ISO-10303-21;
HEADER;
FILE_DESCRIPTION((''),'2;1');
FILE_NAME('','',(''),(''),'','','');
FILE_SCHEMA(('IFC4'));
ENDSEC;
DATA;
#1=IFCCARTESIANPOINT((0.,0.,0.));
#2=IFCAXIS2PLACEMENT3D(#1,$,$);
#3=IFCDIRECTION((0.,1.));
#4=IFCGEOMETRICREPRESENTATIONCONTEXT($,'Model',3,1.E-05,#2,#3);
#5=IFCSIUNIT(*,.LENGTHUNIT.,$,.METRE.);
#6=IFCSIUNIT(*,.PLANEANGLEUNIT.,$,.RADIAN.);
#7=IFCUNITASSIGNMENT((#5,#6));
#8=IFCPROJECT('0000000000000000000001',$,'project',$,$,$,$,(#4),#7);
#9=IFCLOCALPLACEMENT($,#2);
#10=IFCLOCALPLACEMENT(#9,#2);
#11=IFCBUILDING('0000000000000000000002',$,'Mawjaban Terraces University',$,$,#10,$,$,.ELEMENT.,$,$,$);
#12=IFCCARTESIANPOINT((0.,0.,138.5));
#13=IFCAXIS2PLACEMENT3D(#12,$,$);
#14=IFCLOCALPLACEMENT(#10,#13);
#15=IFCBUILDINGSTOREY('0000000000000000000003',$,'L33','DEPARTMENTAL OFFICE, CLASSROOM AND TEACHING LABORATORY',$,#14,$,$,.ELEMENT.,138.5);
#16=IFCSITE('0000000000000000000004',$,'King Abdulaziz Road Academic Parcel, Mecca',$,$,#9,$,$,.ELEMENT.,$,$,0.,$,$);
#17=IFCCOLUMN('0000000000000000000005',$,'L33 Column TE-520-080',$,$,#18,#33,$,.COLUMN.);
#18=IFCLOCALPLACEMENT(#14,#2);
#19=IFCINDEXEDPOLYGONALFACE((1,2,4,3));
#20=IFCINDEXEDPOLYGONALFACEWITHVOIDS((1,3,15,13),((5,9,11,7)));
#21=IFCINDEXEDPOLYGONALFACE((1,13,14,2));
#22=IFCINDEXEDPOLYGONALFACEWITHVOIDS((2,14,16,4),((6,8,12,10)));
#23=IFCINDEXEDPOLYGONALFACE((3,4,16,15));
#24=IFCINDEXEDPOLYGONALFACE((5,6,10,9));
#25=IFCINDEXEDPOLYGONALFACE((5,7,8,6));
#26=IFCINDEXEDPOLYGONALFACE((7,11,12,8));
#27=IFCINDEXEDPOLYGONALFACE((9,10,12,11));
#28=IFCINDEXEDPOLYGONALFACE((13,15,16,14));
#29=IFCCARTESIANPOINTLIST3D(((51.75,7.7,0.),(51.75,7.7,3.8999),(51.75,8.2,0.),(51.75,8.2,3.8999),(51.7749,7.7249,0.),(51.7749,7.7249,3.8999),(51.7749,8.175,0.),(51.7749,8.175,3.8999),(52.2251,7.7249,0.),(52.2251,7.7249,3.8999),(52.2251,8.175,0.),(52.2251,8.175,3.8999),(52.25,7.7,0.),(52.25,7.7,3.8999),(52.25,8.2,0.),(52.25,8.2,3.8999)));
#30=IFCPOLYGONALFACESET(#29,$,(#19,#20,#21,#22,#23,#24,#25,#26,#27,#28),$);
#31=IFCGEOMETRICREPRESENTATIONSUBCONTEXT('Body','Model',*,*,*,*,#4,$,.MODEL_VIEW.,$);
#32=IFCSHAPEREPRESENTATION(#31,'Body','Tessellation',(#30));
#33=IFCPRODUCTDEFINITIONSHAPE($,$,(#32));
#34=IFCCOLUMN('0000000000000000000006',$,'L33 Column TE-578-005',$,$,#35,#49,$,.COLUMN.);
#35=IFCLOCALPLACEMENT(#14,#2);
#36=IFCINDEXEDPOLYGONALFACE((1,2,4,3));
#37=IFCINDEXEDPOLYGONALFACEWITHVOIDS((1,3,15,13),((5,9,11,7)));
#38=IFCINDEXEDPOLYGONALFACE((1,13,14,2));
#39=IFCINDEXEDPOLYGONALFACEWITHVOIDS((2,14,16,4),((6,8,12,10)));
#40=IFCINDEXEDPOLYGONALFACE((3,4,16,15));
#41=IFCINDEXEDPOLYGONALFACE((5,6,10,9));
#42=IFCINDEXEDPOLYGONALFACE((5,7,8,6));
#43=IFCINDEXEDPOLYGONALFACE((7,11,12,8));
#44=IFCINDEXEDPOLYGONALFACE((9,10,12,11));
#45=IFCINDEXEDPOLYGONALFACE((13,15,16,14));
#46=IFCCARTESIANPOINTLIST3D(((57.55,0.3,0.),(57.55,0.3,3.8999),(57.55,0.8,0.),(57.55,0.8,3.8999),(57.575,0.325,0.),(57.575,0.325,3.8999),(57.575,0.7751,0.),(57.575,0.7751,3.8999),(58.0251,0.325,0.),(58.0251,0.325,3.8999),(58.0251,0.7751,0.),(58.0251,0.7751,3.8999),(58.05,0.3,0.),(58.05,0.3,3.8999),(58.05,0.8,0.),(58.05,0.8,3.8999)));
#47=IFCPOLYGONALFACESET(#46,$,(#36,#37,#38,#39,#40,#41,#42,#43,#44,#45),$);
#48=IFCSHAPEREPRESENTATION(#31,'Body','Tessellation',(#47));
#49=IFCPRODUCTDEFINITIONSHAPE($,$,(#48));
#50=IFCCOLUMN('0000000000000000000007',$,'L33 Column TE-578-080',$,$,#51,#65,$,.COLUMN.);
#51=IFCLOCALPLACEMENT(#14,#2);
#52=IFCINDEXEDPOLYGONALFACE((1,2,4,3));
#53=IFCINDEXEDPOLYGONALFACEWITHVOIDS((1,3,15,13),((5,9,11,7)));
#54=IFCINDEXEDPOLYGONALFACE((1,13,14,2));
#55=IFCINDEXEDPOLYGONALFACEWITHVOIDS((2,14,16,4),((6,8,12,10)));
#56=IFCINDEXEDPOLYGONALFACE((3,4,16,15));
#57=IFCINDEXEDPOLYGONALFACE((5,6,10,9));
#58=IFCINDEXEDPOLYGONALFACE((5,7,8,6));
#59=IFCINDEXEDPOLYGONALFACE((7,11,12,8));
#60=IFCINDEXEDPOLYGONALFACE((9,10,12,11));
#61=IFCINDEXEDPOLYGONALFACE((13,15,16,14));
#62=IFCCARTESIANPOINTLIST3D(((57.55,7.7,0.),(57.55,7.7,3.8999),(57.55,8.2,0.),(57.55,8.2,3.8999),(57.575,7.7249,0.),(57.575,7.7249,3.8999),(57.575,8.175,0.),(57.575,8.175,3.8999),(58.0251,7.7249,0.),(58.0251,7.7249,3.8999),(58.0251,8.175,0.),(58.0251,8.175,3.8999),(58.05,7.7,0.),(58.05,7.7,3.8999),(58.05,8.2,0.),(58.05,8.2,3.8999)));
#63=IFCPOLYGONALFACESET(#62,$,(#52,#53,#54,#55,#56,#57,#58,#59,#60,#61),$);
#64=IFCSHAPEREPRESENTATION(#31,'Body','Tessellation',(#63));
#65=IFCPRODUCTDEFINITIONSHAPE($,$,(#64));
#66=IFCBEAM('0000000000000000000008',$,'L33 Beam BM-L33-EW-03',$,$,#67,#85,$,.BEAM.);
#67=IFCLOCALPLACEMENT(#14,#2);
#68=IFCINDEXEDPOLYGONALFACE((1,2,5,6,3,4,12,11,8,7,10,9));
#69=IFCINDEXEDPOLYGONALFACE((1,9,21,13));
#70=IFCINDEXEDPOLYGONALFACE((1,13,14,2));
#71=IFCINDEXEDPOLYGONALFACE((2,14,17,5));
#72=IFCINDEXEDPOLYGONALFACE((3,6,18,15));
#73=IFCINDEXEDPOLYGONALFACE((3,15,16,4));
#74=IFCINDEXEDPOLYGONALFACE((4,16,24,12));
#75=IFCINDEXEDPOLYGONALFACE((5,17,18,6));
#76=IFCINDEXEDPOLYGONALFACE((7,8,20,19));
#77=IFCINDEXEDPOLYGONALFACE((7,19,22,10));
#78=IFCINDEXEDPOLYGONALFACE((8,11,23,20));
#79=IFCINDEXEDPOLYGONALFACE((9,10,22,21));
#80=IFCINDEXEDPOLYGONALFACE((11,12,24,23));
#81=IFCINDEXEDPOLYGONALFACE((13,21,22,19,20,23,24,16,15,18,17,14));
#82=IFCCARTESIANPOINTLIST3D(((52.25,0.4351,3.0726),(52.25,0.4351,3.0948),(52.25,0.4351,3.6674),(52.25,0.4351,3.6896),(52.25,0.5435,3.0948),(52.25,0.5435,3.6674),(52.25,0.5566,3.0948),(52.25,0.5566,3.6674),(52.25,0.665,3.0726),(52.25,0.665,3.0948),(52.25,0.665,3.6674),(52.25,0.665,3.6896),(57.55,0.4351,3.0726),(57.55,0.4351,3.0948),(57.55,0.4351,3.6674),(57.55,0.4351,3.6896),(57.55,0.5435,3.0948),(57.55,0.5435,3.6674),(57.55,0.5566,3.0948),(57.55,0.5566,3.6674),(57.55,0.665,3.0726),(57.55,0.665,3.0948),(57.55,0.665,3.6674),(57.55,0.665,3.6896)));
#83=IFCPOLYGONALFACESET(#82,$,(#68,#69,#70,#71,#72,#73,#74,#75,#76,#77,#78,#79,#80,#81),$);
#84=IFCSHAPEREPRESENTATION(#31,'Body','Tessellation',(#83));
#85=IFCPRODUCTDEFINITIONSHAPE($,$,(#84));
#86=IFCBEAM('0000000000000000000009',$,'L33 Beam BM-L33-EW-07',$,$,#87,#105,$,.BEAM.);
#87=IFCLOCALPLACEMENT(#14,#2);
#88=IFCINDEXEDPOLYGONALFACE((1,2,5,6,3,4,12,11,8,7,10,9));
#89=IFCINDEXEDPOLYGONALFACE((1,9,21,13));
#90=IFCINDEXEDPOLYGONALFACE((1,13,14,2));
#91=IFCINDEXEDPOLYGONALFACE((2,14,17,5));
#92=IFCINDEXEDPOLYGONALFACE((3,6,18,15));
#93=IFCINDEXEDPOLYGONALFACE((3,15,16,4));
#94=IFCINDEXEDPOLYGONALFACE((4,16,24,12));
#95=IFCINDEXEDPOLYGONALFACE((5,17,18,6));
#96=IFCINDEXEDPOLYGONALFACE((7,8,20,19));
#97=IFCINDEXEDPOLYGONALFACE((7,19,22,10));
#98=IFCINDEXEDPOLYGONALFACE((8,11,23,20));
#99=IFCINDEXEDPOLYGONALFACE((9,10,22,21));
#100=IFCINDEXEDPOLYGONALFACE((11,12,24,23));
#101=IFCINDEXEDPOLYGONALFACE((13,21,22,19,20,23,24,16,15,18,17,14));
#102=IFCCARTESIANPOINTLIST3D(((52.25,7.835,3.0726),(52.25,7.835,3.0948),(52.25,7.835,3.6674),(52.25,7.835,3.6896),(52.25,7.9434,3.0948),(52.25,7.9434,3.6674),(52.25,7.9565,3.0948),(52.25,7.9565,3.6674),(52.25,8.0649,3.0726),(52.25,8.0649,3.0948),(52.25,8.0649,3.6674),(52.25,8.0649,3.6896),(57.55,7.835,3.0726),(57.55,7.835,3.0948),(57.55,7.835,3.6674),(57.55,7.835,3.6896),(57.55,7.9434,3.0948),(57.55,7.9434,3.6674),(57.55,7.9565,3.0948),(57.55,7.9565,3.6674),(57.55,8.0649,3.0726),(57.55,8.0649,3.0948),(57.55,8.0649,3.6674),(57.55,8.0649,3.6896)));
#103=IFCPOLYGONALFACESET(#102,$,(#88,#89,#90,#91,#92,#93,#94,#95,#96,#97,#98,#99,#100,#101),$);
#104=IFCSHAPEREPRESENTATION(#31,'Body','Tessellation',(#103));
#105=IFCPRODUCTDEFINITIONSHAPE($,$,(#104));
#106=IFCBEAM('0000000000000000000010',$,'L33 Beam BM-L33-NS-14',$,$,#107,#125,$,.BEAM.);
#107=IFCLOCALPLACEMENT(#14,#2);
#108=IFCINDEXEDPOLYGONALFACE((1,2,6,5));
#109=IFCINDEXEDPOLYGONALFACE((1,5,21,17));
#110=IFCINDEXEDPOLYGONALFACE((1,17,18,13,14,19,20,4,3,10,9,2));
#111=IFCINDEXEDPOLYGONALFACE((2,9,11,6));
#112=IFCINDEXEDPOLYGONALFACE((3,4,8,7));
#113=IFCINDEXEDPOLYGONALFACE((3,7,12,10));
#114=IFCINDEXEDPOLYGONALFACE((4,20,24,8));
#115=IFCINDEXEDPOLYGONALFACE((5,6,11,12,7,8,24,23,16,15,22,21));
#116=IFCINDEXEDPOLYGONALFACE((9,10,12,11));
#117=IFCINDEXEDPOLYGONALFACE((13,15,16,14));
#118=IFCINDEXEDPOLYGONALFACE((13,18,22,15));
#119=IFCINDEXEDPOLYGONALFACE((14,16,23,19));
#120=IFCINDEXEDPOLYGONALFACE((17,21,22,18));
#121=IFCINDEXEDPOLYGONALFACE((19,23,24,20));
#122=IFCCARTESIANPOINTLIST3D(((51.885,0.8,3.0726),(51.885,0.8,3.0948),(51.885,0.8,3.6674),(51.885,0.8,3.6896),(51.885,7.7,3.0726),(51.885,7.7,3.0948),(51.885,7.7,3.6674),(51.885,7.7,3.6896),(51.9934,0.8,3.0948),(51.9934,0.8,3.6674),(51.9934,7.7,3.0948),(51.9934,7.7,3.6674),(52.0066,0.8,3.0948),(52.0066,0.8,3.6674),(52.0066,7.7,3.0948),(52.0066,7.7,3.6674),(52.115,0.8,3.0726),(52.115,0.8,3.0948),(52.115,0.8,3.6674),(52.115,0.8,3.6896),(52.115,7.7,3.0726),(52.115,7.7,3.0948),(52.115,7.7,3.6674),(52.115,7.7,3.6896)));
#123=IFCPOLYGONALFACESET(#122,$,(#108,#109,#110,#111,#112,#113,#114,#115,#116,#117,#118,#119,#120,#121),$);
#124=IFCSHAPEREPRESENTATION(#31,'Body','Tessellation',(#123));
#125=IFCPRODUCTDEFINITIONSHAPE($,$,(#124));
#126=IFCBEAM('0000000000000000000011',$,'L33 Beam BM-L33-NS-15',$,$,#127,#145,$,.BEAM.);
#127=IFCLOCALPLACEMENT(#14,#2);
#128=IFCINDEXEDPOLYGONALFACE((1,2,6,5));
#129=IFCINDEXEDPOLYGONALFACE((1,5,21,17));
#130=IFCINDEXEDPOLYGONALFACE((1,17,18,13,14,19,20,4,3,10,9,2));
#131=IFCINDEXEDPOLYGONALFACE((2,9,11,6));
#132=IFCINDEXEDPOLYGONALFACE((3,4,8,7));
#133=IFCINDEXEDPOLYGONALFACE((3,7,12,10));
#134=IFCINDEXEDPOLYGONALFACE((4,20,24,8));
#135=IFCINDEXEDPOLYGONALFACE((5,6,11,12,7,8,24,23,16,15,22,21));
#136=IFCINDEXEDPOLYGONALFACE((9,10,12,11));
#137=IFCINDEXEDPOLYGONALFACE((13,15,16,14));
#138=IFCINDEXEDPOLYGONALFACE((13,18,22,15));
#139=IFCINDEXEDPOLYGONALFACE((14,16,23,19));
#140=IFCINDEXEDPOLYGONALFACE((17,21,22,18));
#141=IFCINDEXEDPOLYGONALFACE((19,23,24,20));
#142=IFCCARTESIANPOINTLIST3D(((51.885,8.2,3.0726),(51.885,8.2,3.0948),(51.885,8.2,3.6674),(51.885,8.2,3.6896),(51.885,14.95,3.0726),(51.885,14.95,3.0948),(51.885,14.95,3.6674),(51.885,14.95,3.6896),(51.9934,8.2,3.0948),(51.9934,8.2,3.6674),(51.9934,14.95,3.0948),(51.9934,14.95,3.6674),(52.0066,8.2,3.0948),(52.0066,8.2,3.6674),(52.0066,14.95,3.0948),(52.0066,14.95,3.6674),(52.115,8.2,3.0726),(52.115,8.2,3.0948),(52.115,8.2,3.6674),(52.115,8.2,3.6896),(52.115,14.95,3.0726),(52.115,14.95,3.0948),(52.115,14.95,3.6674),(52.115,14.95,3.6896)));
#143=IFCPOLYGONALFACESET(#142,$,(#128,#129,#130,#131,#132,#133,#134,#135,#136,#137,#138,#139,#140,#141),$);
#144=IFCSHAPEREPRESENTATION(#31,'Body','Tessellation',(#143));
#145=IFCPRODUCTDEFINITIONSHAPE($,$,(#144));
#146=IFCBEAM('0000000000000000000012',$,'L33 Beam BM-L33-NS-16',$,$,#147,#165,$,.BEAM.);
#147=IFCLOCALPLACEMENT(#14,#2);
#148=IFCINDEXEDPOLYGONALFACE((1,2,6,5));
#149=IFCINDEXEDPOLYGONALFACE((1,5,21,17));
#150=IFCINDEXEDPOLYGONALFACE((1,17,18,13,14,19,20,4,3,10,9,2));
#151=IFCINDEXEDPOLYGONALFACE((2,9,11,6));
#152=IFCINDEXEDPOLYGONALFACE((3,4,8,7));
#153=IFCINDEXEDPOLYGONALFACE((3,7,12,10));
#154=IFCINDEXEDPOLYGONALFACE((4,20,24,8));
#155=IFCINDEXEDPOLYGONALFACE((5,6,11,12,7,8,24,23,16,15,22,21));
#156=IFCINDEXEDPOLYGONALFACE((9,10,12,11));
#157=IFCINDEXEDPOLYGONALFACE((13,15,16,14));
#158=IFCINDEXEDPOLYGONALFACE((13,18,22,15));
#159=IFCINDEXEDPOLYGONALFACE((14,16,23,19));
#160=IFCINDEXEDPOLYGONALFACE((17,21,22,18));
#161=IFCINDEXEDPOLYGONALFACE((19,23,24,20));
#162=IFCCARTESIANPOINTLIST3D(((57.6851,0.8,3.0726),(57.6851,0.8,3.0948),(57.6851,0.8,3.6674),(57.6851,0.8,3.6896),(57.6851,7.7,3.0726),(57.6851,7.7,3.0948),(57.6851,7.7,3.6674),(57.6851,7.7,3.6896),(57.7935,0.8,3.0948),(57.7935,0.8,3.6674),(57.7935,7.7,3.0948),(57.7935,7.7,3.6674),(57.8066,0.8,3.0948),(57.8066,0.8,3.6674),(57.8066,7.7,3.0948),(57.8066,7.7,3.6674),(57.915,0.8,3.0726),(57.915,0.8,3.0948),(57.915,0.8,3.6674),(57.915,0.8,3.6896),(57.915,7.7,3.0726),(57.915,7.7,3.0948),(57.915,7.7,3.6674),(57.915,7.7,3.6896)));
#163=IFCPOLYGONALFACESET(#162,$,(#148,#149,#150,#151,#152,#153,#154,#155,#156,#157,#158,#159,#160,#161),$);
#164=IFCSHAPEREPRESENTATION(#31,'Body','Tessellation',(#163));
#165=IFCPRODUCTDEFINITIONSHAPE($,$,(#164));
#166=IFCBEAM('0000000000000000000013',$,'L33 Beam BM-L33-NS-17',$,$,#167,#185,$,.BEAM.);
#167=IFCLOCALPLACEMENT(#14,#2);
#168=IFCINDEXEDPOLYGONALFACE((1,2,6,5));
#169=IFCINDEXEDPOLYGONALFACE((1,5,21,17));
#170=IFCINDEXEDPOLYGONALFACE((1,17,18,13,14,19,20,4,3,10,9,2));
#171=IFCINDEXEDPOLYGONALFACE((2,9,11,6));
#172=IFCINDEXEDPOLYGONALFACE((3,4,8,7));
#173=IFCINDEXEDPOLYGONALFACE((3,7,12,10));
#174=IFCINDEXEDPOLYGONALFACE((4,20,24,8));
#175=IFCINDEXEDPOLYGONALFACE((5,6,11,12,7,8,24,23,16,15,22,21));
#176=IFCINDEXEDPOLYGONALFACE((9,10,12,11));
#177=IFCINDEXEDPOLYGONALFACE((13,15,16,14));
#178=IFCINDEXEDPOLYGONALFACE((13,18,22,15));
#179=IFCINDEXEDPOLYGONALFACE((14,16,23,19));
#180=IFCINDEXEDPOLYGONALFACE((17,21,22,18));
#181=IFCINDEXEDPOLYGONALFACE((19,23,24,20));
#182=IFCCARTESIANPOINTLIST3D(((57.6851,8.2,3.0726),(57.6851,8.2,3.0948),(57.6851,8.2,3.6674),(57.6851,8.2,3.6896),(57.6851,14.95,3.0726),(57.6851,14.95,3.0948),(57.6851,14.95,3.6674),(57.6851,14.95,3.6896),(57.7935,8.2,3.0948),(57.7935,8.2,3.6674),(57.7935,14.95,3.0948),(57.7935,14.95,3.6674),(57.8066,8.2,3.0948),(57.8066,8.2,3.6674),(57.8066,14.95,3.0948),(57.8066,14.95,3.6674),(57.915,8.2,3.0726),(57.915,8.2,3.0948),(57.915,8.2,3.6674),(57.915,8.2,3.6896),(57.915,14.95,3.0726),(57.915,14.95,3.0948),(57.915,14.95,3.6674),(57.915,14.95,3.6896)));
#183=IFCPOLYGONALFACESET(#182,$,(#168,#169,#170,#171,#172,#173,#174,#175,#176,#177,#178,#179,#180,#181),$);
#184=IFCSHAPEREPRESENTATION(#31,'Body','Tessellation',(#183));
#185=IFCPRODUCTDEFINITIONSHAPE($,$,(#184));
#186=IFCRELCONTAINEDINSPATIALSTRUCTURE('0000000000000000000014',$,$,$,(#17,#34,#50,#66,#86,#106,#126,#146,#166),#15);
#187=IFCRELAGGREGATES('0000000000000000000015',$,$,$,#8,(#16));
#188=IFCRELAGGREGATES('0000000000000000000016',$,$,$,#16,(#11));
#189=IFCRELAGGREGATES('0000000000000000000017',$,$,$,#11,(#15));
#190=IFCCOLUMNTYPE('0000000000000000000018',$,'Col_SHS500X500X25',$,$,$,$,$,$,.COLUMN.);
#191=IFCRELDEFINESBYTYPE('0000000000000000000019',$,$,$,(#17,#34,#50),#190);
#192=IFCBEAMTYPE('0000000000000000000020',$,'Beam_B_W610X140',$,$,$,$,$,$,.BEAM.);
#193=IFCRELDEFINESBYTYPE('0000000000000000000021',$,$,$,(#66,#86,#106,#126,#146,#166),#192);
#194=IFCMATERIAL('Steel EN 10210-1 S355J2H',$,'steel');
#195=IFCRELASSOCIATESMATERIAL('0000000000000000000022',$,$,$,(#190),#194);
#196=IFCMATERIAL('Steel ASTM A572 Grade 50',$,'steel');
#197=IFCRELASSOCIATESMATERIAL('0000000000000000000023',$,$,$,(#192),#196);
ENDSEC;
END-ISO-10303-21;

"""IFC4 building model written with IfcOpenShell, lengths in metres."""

from ifc_helpers import new_model, si_unit, direction, frame, origin, origin_2d, place, context, subcontext, project, spatial, hollow_rectangle, i_section, extrude, material, material_profile, profile_set, type_object, element, save


model = new_model("IFC4")

# Units and contexts
model_context = context("Model", 3, precision=1e-05, world=origin(), true_north=direction((0.0, 1.0)))
body_context = subcontext(model_context, "Body", "Model", "MODEL_VIEW")
ifc_project = project(units=[si_unit("LENGTHUNIT", "METRE"), si_unit("PLANEANGLEUNIT", "RADIAN")], contexts=[model_context])

# Site, building, storey
site_placement = place(None, origin())
site = spatial("IfcSite", under=ifc_project, at=site_placement, Name="King Abdulaziz Road Academic Parcel, Mecca", CompositionType="ELEMENT", RefElevation=0.0)
building_placement = place(site_placement, origin())
building = spatial("IfcBuilding", under=site, at=building_placement, Name="Mawjaban Terraces University", CompositionType="ELEMENT")
storey_placement = place(building_placement, frame((0.0, 0.0, 138.5)))
storey = spatial("IfcBuildingStorey", under=building, at=storey_placement, Name="L33", Description="DEPARTMENTAL OFFICE, CLASSROOM AND TEACHING LABORATORY", CompositionType="ELEMENT", Elevation=138.5)

# Columns
ifc_material_1 = material(Name="Steel EN 10210-1 S355J2H", Category="steel")
ifc_material_profile_1 = material_profile(ifc_material_1, hollow_rectangle(XDim=0.5, YDim=0.5, WallThickness=0.0249, at=origin_2d()), Name="SHS500X500X25")
ifc_profile_set_1 = profile_set([ifc_material_profile_1], Name="Steel EN 10210-1 S355J2H")
column_type = type_object("IfcColumnType", Name="Col_SHS500X500X25", PredefinedType="COLUMN", material=ifc_profile_set_1)
for number, where, z_axis, x_axis, name in (
    (1, (52.0, 7.95, 0.0), (0.0, 0.0, 1.0), (1.0, 0.0, 0.0), "L33 Column TE-520-080"),
    (2, (57.8, 0.55, 0.0), (0.0, 0.0, 1.0), (1.0, 0.0, 0.0), "L33 Column TE-578-005"),
    (3, (57.8, 7.95, 0.0), (0.0, 0.0, 1.0), (1.0, 0.0, 0.0), "L33 Column TE-578-080"),
):
    element("IfcColumn", number, at=place(storey_placement, frame(where, z_axis=z_axis, x_axis=x_axis)), inside=storey, type_object=column_type, Name=name, PredefinedType="COLUMN", context=body_context, shape_type="SweptSolid", body=[
        extrude(hollow_rectangle(XDim=0.5, YDim=0.5, WallThickness=0.0249, at=origin_2d()), origin(), (0.0, 0.0, 1.0), 3.8999),
    ])

# Beams
ifc_material_2 = material(Name="Steel ASTM A572 Grade 50", Category="steel")
ifc_material_profile_2 = material_profile(ifc_material_2, i_section(OverallWidth=0.23, OverallDepth=0.6169, WebThickness=0.0132, FlangeThickness=0.0222, at=origin_2d()), Name="W610X140")
ifc_profile_set_2 = profile_set([ifc_material_profile_2], Name="Steel ASTM A572 Grade 50")
beam_type_1 = type_object("IfcBeamType", Name="Beam_B_W610X140", PredefinedType="BEAM", material=ifc_profile_set_2)
for number, where, z_axis, x_axis, name in (
    (4, (52.25, 0.55, 3.3811), (1.0, 0.0, 0.0), (0.0, 1.0, 0.0), "L33 Beam BM-L33-EW-03"),
    (5, (52.25, 7.95, 3.3811), (1.0, 0.0, 0.0), (0.0, 1.0, 0.0), "L33 Beam BM-L33-EW-07"),
):
    element("IfcBeam", number, at=place(storey_placement, frame(where, z_axis=z_axis, x_axis=x_axis)), inside=storey, type_object=beam_type_1, Name=name, PredefinedType="BEAM", context=body_context, shape_type="SweptSolid", body=[
        extrude(i_section(OverallWidth=0.23, OverallDepth=0.6169, WebThickness=0.0132, FlangeThickness=0.0222, at=origin_2d()), origin(), (0.0, 0.0, 1.0), 5.3),
    ])
beam_1_placement = place(storey_placement, frame((52.0, 0.8, 3.3811), z_axis=(0.0, 1.0, 0.0), x_axis=(-1.0, 0.0, 0.0)))
element("IfcBeam", 6, at=beam_1_placement, inside=storey, type_object=beam_type_1, Name="L33 Beam BM-L33-NS-14", PredefinedType="BEAM", context=body_context, shape_type="SweptSolid", body=[
    extrude(i_section(OverallWidth=0.23, OverallDepth=0.6169, WebThickness=0.0132, FlangeThickness=0.0222, at=origin_2d()), origin(), (0.0, 0.0, 1.0), 6.8999),
])
beam_2_placement = place(storey_placement, frame((52.0, 8.2, 3.3811), z_axis=(0.0, 1.0, 0.0), x_axis=(-1.0, 0.0, 0.0)))
element("IfcBeam", 7, at=beam_2_placement, inside=storey, type_object=beam_type_1, Name="L33 Beam BM-L33-NS-15", PredefinedType="BEAM", context=body_context, shape_type="SweptSolid", body=[
    extrude(i_section(OverallWidth=0.23, OverallDepth=0.6169, WebThickness=0.0132, FlangeThickness=0.0222, at=origin_2d()), origin(), (0.0, 0.0, 1.0), 6.75),
])
beam_3_placement = place(storey_placement, frame((57.8, 0.8, 3.3811), z_axis=(0.0, 1.0, 0.0), x_axis=(-1.0, 0.0, 0.0)))
element("IfcBeam", 8, at=beam_3_placement, inside=storey, type_object=beam_type_1, Name="L33 Beam BM-L33-NS-16", PredefinedType="BEAM", context=body_context, shape_type="SweptSolid", body=[
    extrude(i_section(OverallWidth=0.23, OverallDepth=0.6169, WebThickness=0.0132, FlangeThickness=0.0222, at=origin_2d()), origin(), (0.0, 0.0, 1.0), 6.8999),
])
beam_4_placement = place(storey_placement, frame((57.8, 8.2, 3.3811), z_axis=(0.0, 1.0, 0.0), x_axis=(-1.0, 0.0, 0.0)))
element("IfcBeam", 9, at=beam_4_placement, inside=storey, type_object=beam_type_1, Name="L33 Beam BM-L33-NS-17", PredefinedType="BEAM", context=body_context, shape_type="SweptSolid", body=[
    extrude(i_section(OverallWidth=0.23, OverallDepth=0.6169, WebThickness=0.0132, FlangeThickness=0.0222, at=origin_2d()), origin(), (0.0, 0.0, 1.0), 6.75),
])

save(model, "model.ifc")
